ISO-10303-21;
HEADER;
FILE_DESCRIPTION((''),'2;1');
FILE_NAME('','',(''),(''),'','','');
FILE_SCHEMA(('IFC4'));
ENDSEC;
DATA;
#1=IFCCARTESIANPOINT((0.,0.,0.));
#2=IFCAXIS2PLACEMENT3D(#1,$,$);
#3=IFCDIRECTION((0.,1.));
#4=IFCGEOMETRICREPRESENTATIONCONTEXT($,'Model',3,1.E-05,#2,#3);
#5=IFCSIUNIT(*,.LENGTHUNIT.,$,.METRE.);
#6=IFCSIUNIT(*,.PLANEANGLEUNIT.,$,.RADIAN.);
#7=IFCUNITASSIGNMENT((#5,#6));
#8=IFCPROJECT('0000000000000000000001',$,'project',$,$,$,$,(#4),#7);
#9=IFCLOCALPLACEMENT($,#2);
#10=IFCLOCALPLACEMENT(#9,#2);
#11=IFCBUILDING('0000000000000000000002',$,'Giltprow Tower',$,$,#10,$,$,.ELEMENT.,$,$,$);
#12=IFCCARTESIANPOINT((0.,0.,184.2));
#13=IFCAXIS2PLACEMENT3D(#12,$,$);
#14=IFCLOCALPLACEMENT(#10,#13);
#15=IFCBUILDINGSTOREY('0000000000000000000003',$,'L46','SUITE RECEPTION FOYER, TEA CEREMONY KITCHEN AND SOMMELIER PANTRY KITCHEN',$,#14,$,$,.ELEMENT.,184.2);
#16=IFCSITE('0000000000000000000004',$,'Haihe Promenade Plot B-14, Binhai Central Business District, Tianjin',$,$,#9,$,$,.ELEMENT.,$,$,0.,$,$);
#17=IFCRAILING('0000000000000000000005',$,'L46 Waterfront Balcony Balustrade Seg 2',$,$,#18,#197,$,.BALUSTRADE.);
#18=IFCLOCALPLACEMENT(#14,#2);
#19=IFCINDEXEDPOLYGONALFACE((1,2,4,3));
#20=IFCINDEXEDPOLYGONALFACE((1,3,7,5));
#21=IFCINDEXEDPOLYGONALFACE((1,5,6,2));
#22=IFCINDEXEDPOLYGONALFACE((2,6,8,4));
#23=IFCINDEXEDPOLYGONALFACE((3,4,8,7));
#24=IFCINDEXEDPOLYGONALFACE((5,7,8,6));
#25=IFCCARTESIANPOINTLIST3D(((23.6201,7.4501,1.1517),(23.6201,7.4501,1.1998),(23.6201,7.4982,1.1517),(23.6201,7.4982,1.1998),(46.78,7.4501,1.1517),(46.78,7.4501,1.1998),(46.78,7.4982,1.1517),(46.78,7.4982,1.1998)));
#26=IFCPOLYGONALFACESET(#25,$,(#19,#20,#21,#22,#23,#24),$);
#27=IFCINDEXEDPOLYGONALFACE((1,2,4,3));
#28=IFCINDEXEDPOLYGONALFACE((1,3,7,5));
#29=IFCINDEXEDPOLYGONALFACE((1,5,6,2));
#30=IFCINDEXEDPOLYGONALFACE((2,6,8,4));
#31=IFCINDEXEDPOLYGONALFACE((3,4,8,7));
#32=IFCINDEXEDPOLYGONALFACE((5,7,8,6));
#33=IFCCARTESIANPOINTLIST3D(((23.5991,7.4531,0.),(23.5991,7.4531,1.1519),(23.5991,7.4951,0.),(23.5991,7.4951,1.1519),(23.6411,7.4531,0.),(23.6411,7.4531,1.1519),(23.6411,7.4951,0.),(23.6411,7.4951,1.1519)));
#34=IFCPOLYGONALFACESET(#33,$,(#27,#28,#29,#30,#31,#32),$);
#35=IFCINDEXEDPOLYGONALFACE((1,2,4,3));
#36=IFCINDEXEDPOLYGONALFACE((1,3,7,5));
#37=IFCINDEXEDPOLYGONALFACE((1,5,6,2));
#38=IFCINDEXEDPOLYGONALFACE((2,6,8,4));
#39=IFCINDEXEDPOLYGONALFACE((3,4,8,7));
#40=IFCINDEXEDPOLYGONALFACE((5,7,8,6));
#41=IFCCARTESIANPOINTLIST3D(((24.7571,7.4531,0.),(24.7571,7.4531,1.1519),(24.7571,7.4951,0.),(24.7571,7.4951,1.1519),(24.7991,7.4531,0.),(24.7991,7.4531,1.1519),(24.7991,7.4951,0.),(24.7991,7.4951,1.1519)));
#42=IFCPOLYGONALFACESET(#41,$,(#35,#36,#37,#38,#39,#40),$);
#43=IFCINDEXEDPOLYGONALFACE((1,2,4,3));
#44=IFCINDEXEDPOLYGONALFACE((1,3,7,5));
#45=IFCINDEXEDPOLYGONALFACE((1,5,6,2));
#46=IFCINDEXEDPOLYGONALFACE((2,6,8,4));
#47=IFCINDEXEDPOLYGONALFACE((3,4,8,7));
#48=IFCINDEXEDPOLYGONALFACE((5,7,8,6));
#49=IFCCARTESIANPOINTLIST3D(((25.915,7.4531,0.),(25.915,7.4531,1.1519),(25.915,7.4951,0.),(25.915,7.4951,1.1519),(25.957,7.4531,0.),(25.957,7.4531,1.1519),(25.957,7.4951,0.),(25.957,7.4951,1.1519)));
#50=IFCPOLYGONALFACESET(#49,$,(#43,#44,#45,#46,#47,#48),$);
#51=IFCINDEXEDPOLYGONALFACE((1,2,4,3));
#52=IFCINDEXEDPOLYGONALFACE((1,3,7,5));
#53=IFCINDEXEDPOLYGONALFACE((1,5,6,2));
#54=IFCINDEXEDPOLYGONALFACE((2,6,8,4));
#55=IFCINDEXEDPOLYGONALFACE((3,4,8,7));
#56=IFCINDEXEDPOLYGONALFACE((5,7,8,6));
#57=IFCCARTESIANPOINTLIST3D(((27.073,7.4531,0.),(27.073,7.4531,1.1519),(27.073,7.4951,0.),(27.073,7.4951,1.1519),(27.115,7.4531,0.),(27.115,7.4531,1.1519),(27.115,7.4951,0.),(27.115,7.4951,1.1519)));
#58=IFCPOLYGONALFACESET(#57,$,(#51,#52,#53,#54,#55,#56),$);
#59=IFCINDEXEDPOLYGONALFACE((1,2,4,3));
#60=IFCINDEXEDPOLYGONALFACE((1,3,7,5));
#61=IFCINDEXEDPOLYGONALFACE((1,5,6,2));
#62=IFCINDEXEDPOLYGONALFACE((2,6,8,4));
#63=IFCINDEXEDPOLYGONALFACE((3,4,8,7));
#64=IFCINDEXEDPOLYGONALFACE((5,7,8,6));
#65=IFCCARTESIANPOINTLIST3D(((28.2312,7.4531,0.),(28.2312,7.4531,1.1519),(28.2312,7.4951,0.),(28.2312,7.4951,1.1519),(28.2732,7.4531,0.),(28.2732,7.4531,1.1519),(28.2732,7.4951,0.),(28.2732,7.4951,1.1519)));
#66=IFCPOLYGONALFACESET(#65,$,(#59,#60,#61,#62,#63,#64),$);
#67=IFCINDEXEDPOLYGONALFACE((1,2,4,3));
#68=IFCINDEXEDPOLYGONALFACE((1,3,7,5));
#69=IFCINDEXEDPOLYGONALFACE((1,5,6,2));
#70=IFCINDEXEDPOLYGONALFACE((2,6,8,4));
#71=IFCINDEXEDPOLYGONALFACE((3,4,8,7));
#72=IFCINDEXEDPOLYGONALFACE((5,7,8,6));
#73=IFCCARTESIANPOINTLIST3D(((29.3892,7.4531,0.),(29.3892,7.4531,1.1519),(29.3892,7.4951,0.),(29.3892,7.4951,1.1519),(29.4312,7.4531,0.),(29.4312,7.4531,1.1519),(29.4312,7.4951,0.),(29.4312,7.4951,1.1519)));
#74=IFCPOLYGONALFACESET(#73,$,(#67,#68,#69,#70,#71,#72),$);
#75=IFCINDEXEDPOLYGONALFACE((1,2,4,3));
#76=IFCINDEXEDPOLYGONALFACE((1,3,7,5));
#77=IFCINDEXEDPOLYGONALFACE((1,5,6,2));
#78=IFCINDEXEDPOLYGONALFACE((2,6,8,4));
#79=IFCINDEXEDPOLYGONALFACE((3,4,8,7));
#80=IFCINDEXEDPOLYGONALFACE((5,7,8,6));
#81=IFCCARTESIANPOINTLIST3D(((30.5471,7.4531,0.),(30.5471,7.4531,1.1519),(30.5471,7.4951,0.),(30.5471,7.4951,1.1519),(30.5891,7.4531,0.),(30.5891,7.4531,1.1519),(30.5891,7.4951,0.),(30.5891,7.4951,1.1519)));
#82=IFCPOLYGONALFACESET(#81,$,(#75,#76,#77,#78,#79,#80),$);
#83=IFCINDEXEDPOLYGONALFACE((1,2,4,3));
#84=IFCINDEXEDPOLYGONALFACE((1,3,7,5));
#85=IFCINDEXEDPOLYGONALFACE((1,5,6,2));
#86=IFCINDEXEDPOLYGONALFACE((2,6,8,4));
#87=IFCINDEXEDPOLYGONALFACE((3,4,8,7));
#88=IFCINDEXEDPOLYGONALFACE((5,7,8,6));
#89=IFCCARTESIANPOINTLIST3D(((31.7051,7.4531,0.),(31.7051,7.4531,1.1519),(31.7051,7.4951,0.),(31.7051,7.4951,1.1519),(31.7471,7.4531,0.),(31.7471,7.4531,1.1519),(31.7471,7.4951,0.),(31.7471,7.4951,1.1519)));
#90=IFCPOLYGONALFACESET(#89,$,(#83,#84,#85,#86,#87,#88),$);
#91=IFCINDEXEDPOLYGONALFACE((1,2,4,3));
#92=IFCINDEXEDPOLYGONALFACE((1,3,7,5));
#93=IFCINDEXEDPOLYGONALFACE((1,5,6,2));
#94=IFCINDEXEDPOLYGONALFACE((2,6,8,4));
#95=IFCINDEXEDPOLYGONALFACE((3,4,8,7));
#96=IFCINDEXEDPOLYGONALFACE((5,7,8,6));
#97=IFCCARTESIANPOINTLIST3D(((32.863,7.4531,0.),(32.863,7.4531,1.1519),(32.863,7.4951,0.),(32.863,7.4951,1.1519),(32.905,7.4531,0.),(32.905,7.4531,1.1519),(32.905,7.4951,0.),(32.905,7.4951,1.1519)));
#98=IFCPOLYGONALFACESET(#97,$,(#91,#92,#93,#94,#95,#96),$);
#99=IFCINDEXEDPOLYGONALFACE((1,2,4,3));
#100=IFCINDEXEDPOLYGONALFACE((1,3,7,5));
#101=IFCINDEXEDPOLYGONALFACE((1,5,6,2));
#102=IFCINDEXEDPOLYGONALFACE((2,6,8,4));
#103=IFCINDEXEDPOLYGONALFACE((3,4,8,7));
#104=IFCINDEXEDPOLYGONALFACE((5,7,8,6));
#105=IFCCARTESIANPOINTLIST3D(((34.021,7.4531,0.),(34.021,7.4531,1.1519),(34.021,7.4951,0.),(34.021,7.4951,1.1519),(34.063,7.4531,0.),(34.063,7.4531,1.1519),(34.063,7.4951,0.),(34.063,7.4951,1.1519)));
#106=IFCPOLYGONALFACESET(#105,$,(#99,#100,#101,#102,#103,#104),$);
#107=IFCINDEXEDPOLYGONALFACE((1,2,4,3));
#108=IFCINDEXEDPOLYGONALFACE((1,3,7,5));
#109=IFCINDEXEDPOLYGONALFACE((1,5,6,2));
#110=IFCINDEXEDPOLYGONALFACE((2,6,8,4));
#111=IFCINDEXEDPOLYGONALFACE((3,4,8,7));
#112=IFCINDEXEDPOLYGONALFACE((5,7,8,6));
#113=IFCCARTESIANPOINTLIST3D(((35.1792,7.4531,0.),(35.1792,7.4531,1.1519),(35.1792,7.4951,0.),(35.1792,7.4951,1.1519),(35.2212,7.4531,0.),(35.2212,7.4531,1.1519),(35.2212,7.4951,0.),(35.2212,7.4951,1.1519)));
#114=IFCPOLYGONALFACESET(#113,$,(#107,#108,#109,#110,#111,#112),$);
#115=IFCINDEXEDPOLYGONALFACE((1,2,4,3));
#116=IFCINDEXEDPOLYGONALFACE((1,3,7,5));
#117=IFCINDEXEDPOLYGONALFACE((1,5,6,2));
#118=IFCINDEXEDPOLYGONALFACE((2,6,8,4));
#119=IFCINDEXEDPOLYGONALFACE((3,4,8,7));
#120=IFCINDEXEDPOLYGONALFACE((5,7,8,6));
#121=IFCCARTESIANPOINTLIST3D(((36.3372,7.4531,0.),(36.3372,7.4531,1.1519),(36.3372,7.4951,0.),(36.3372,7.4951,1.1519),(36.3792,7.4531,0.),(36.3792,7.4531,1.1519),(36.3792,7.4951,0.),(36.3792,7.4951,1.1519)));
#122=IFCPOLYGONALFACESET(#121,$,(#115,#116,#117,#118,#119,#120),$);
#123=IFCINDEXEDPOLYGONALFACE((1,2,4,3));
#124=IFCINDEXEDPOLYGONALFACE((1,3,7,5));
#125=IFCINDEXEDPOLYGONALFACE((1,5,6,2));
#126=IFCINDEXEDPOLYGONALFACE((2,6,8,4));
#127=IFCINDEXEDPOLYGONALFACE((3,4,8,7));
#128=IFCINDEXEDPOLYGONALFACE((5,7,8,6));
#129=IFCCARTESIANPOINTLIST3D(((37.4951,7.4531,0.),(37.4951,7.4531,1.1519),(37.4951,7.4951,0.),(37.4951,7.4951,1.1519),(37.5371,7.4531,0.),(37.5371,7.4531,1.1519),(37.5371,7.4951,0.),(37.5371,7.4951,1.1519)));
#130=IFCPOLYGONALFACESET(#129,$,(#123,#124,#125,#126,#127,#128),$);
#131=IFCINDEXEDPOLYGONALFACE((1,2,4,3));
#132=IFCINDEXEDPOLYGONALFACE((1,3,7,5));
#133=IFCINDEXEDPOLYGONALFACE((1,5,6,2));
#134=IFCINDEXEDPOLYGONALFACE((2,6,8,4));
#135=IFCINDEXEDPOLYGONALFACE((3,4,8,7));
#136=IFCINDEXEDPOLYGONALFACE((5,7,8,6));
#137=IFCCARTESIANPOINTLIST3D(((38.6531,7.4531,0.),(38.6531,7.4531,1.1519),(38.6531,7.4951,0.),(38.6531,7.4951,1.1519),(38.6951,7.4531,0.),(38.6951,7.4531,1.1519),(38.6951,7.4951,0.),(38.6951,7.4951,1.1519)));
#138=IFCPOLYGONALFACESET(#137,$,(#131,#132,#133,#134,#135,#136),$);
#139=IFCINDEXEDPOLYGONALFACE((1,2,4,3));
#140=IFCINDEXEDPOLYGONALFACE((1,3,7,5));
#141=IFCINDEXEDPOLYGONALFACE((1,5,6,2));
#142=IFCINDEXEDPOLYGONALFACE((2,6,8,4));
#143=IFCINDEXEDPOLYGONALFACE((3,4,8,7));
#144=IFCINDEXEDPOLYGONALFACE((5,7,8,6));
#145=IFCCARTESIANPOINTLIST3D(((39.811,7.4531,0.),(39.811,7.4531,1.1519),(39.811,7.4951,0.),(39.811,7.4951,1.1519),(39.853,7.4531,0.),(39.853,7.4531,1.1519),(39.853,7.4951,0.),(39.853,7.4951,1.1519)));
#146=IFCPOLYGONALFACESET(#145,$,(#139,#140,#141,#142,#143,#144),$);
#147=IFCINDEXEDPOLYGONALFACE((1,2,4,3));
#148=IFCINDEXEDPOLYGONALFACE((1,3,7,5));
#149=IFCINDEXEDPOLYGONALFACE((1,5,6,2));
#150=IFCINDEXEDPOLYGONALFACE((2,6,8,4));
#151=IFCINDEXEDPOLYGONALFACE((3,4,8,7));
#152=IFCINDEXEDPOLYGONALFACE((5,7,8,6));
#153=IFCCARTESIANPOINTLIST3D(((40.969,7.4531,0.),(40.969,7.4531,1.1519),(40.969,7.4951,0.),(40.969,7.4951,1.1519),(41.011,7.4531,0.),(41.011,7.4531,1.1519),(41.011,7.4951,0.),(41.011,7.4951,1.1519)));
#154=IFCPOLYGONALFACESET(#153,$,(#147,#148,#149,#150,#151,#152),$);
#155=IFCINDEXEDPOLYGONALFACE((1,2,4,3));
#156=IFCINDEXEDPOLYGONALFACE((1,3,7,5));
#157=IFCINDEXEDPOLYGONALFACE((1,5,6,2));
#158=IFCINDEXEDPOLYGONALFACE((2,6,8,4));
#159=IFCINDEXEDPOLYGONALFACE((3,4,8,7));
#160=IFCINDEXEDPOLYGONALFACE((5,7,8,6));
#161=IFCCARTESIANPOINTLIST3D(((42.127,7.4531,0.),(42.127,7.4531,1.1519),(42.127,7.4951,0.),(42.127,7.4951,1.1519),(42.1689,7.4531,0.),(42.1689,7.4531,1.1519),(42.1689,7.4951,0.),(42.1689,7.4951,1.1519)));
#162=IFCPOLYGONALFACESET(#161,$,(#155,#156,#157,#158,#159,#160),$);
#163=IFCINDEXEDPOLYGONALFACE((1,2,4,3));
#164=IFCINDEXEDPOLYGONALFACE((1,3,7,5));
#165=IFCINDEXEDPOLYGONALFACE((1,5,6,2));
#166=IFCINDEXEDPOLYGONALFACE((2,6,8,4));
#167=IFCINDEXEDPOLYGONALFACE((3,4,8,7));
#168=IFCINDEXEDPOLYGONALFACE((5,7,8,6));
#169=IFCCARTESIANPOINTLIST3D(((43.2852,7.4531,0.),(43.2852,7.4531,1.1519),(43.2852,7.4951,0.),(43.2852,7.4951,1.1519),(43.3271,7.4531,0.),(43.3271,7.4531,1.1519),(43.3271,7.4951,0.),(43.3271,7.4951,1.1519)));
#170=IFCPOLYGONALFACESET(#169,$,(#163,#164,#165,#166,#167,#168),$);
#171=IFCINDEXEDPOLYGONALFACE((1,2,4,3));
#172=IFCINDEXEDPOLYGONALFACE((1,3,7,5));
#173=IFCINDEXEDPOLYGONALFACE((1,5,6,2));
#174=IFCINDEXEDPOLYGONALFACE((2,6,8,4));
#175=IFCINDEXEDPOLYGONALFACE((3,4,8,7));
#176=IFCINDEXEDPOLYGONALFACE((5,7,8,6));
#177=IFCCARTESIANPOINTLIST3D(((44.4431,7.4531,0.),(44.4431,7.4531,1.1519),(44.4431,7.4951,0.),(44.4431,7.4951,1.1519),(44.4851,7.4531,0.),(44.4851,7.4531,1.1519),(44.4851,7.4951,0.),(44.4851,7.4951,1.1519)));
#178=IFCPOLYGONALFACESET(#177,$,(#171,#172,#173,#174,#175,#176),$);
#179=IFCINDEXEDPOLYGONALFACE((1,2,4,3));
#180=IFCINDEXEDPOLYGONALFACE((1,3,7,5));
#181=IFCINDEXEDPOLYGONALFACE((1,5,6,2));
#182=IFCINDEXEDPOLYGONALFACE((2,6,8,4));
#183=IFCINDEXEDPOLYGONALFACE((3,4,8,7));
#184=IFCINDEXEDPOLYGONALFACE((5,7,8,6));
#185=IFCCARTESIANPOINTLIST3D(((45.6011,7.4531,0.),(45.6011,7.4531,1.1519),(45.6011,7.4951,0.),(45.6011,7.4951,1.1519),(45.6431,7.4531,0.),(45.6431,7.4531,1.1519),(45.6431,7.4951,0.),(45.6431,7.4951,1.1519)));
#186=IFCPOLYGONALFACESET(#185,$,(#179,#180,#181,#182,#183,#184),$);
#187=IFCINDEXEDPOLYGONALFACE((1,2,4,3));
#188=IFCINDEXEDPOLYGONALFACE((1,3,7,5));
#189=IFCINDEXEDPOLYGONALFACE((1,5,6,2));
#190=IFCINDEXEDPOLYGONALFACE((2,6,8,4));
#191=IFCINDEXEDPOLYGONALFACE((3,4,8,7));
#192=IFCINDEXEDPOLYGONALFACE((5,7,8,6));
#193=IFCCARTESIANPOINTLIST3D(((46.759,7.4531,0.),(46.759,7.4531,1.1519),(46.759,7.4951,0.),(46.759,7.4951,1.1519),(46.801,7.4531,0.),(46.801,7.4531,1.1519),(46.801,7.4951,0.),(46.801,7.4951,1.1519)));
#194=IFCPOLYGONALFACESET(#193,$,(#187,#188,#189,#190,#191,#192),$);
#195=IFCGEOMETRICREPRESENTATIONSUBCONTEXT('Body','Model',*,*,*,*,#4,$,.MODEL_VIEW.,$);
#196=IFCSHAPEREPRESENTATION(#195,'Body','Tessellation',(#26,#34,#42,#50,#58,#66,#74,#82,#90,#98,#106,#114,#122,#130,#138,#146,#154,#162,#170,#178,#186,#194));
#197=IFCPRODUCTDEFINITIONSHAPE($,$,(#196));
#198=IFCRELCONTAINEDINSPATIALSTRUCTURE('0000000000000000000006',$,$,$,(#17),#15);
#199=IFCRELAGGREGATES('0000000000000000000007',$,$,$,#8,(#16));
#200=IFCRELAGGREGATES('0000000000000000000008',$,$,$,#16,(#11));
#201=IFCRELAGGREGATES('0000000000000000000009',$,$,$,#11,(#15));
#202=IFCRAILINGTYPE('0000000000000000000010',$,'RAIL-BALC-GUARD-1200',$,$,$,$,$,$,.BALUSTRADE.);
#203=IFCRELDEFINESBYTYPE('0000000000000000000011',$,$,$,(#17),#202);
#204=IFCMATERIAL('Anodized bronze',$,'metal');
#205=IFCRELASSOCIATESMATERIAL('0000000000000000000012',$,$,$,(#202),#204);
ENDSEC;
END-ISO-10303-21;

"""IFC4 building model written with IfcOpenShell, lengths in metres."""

from ifc_helpers import new_model, si_unit, direction, frame, origin, origin_2d, place, context, subcontext, project, spatial, rectangle, extrude, material, type_object, element, save


model = new_model("IFC4")

# Units and contexts
model_context = context("Model", 3, precision=1e-05, world=origin(), true_north=direction((0.0, 1.0)))
body_context = subcontext(model_context, "Body", "Model", "MODEL_VIEW")
ifc_project = project(units=[si_unit("LENGTHUNIT", "METRE"), si_unit("PLANEANGLEUNIT", "RADIAN")], contexts=[model_context])

# Site, building, storey
site_placement = place(None, origin())
site = spatial("IfcSite", under=ifc_project, at=site_placement, Name="Haihe Promenade Plot B-14, Binhai Central Business District, Tianjin", CompositionType="ELEMENT", RefElevation=0.0)
building_placement = place(site_placement, origin())
building = spatial("IfcBuilding", under=site, at=building_placement, Name="Giltprow Tower", CompositionType="ELEMENT")
storey_placement = place(building_placement, frame((0.0, 0.0, 184.2)))
storey = spatial("IfcBuildingStorey", under=building, at=storey_placement, Name="L46", Description="SUITE RECEPTION FOYER, TEA CEREMONY KITCHEN AND SOMMELIER PANTRY KITCHEN", CompositionType="ELEMENT", Elevation=184.2)

# Railing
ifc_material_1 = material(Name="Anodized bronze", Category="metal")
railing_type = type_object("IfcRailingType", Name="RAIL-BALC-GUARD-1200", PredefinedType="BALUSTRADE", material=ifc_material_1)
railing_1_placement = place(storey_placement, frame((23.6201, 7.4741, 0.0)))
element("IfcRailing", 1, at=railing_1_placement, inside=storey, type_object=railing_type, Name="L46 Waterfront Balcony Balustrade Seg 2", PredefinedType="BALUSTRADE", context=body_context, shape_type="SweptSolid", body=[
    extrude(rectangle(XDim=0.0481, YDim=0.0481, at=origin_2d()), frame((0.0, 0.0, 1.1758), z_axis=(1.0, 0.0, 0.0), x_axis=(0.0, 1.0, 0.0)), (0.0, 0.0, 1.0), 23.1599),
    extrude(rectangle(XDim=0.042, YDim=0.042, at=origin_2d()), origin(), (0.0, 0.0, 1.0), 1.1519),
    extrude(rectangle(XDim=0.042, YDim=0.042, at=origin_2d()), frame((1.158, 0.0, 0.0)), (0.0, 0.0, 1.0), 1.1519),
    extrude(rectangle(XDim=0.042, YDim=0.042, at=origin_2d()), frame((2.3159, 0.0, 0.0)), (0.0, 0.0, 1.0), 1.1519),
    extrude(rectangle(XDim=0.042, YDim=0.042, at=origin_2d()), frame((3.4739, 0.0, 0.0)), (0.0, 0.0, 1.0), 1.1519),
    extrude(rectangle(XDim=0.042, YDim=0.042, at=origin_2d()), frame((4.6321, 0.0, 0.0)), (0.0, 0.0, 1.0), 1.1519),
    extrude(rectangle(XDim=0.042, YDim=0.042, at=origin_2d()), frame((5.79, 0.0, 0.0)), (0.0, 0.0, 1.0), 1.1519),
    extrude(rectangle(XDim=0.042, YDim=0.042, at=origin_2d()), frame((6.948, 0.0, 0.0)), (0.0, 0.0, 1.0), 1.1519),
    extrude(rectangle(XDim=0.042, YDim=0.042, at=origin_2d()), frame((8.106, 0.0, 0.0)), (0.0, 0.0, 1.0), 1.1519),
    extrude(rectangle(XDim=0.042, YDim=0.042, at=origin_2d()), frame((9.2639, 0.0, 0.0)), (0.0, 0.0, 1.0), 1.1519),
    extrude(rectangle(XDim=0.042, YDim=0.042, at=origin_2d()), frame((10.4219, 0.0, 0.0)), (0.0, 0.0, 1.0), 1.1519),
    extrude(rectangle(XDim=0.042, YDim=0.042, at=origin_2d()), frame((11.5801, 0.0, 0.0)), (0.0, 0.0, 1.0), 1.1519),
    extrude(rectangle(XDim=0.042, YDim=0.042, at=origin_2d()), frame((12.738, 0.0, 0.0)), (0.0, 0.0, 1.0), 1.1519),
    extrude(rectangle(XDim=0.042, YDim=0.042, at=origin_2d()), frame((13.896, 0.0, 0.0)), (0.0, 0.0, 1.0), 1.1519),
    extrude(rectangle(XDim=0.042, YDim=0.042, at=origin_2d()), frame((15.054, 0.0, 0.0)), (0.0, 0.0, 1.0), 1.1519),
    extrude(rectangle(XDim=0.042, YDim=0.042, at=origin_2d()), frame((16.2119, 0.0, 0.0)), (0.0, 0.0, 1.0), 1.1519),
    extrude(rectangle(XDim=0.042, YDim=0.042, at=origin_2d()), frame((17.3699, 0.0, 0.0)), (0.0, 0.0, 1.0), 1.1519),
    extrude(rectangle(XDim=0.042, YDim=0.042, at=origin_2d()), frame((18.5278, 0.0, 0.0)), (0.0, 0.0, 1.0), 1.1519),
    extrude(rectangle(XDim=0.042, YDim=0.042, at=origin_2d()), frame((19.686, 0.0, 0.0)), (0.0, 0.0, 1.0), 1.1519),
    extrude(rectangle(XDim=0.042, YDim=0.042, at=origin_2d()), frame((20.844, 0.0, 0.0)), (0.0, 0.0, 1.0), 1.1519),
    extrude(rectangle(XDim=0.042, YDim=0.042, at=origin_2d()), frame((22.002, 0.0, 0.0)), (0.0, 0.0, 1.0), 1.1519),
    extrude(rectangle(XDim=0.042, YDim=0.042, at=origin_2d()), frame((23.1599, 0.0, 0.0)), (0.0, 0.0, 1.0), 1.1519),
])

save(model, "model.ifc")
